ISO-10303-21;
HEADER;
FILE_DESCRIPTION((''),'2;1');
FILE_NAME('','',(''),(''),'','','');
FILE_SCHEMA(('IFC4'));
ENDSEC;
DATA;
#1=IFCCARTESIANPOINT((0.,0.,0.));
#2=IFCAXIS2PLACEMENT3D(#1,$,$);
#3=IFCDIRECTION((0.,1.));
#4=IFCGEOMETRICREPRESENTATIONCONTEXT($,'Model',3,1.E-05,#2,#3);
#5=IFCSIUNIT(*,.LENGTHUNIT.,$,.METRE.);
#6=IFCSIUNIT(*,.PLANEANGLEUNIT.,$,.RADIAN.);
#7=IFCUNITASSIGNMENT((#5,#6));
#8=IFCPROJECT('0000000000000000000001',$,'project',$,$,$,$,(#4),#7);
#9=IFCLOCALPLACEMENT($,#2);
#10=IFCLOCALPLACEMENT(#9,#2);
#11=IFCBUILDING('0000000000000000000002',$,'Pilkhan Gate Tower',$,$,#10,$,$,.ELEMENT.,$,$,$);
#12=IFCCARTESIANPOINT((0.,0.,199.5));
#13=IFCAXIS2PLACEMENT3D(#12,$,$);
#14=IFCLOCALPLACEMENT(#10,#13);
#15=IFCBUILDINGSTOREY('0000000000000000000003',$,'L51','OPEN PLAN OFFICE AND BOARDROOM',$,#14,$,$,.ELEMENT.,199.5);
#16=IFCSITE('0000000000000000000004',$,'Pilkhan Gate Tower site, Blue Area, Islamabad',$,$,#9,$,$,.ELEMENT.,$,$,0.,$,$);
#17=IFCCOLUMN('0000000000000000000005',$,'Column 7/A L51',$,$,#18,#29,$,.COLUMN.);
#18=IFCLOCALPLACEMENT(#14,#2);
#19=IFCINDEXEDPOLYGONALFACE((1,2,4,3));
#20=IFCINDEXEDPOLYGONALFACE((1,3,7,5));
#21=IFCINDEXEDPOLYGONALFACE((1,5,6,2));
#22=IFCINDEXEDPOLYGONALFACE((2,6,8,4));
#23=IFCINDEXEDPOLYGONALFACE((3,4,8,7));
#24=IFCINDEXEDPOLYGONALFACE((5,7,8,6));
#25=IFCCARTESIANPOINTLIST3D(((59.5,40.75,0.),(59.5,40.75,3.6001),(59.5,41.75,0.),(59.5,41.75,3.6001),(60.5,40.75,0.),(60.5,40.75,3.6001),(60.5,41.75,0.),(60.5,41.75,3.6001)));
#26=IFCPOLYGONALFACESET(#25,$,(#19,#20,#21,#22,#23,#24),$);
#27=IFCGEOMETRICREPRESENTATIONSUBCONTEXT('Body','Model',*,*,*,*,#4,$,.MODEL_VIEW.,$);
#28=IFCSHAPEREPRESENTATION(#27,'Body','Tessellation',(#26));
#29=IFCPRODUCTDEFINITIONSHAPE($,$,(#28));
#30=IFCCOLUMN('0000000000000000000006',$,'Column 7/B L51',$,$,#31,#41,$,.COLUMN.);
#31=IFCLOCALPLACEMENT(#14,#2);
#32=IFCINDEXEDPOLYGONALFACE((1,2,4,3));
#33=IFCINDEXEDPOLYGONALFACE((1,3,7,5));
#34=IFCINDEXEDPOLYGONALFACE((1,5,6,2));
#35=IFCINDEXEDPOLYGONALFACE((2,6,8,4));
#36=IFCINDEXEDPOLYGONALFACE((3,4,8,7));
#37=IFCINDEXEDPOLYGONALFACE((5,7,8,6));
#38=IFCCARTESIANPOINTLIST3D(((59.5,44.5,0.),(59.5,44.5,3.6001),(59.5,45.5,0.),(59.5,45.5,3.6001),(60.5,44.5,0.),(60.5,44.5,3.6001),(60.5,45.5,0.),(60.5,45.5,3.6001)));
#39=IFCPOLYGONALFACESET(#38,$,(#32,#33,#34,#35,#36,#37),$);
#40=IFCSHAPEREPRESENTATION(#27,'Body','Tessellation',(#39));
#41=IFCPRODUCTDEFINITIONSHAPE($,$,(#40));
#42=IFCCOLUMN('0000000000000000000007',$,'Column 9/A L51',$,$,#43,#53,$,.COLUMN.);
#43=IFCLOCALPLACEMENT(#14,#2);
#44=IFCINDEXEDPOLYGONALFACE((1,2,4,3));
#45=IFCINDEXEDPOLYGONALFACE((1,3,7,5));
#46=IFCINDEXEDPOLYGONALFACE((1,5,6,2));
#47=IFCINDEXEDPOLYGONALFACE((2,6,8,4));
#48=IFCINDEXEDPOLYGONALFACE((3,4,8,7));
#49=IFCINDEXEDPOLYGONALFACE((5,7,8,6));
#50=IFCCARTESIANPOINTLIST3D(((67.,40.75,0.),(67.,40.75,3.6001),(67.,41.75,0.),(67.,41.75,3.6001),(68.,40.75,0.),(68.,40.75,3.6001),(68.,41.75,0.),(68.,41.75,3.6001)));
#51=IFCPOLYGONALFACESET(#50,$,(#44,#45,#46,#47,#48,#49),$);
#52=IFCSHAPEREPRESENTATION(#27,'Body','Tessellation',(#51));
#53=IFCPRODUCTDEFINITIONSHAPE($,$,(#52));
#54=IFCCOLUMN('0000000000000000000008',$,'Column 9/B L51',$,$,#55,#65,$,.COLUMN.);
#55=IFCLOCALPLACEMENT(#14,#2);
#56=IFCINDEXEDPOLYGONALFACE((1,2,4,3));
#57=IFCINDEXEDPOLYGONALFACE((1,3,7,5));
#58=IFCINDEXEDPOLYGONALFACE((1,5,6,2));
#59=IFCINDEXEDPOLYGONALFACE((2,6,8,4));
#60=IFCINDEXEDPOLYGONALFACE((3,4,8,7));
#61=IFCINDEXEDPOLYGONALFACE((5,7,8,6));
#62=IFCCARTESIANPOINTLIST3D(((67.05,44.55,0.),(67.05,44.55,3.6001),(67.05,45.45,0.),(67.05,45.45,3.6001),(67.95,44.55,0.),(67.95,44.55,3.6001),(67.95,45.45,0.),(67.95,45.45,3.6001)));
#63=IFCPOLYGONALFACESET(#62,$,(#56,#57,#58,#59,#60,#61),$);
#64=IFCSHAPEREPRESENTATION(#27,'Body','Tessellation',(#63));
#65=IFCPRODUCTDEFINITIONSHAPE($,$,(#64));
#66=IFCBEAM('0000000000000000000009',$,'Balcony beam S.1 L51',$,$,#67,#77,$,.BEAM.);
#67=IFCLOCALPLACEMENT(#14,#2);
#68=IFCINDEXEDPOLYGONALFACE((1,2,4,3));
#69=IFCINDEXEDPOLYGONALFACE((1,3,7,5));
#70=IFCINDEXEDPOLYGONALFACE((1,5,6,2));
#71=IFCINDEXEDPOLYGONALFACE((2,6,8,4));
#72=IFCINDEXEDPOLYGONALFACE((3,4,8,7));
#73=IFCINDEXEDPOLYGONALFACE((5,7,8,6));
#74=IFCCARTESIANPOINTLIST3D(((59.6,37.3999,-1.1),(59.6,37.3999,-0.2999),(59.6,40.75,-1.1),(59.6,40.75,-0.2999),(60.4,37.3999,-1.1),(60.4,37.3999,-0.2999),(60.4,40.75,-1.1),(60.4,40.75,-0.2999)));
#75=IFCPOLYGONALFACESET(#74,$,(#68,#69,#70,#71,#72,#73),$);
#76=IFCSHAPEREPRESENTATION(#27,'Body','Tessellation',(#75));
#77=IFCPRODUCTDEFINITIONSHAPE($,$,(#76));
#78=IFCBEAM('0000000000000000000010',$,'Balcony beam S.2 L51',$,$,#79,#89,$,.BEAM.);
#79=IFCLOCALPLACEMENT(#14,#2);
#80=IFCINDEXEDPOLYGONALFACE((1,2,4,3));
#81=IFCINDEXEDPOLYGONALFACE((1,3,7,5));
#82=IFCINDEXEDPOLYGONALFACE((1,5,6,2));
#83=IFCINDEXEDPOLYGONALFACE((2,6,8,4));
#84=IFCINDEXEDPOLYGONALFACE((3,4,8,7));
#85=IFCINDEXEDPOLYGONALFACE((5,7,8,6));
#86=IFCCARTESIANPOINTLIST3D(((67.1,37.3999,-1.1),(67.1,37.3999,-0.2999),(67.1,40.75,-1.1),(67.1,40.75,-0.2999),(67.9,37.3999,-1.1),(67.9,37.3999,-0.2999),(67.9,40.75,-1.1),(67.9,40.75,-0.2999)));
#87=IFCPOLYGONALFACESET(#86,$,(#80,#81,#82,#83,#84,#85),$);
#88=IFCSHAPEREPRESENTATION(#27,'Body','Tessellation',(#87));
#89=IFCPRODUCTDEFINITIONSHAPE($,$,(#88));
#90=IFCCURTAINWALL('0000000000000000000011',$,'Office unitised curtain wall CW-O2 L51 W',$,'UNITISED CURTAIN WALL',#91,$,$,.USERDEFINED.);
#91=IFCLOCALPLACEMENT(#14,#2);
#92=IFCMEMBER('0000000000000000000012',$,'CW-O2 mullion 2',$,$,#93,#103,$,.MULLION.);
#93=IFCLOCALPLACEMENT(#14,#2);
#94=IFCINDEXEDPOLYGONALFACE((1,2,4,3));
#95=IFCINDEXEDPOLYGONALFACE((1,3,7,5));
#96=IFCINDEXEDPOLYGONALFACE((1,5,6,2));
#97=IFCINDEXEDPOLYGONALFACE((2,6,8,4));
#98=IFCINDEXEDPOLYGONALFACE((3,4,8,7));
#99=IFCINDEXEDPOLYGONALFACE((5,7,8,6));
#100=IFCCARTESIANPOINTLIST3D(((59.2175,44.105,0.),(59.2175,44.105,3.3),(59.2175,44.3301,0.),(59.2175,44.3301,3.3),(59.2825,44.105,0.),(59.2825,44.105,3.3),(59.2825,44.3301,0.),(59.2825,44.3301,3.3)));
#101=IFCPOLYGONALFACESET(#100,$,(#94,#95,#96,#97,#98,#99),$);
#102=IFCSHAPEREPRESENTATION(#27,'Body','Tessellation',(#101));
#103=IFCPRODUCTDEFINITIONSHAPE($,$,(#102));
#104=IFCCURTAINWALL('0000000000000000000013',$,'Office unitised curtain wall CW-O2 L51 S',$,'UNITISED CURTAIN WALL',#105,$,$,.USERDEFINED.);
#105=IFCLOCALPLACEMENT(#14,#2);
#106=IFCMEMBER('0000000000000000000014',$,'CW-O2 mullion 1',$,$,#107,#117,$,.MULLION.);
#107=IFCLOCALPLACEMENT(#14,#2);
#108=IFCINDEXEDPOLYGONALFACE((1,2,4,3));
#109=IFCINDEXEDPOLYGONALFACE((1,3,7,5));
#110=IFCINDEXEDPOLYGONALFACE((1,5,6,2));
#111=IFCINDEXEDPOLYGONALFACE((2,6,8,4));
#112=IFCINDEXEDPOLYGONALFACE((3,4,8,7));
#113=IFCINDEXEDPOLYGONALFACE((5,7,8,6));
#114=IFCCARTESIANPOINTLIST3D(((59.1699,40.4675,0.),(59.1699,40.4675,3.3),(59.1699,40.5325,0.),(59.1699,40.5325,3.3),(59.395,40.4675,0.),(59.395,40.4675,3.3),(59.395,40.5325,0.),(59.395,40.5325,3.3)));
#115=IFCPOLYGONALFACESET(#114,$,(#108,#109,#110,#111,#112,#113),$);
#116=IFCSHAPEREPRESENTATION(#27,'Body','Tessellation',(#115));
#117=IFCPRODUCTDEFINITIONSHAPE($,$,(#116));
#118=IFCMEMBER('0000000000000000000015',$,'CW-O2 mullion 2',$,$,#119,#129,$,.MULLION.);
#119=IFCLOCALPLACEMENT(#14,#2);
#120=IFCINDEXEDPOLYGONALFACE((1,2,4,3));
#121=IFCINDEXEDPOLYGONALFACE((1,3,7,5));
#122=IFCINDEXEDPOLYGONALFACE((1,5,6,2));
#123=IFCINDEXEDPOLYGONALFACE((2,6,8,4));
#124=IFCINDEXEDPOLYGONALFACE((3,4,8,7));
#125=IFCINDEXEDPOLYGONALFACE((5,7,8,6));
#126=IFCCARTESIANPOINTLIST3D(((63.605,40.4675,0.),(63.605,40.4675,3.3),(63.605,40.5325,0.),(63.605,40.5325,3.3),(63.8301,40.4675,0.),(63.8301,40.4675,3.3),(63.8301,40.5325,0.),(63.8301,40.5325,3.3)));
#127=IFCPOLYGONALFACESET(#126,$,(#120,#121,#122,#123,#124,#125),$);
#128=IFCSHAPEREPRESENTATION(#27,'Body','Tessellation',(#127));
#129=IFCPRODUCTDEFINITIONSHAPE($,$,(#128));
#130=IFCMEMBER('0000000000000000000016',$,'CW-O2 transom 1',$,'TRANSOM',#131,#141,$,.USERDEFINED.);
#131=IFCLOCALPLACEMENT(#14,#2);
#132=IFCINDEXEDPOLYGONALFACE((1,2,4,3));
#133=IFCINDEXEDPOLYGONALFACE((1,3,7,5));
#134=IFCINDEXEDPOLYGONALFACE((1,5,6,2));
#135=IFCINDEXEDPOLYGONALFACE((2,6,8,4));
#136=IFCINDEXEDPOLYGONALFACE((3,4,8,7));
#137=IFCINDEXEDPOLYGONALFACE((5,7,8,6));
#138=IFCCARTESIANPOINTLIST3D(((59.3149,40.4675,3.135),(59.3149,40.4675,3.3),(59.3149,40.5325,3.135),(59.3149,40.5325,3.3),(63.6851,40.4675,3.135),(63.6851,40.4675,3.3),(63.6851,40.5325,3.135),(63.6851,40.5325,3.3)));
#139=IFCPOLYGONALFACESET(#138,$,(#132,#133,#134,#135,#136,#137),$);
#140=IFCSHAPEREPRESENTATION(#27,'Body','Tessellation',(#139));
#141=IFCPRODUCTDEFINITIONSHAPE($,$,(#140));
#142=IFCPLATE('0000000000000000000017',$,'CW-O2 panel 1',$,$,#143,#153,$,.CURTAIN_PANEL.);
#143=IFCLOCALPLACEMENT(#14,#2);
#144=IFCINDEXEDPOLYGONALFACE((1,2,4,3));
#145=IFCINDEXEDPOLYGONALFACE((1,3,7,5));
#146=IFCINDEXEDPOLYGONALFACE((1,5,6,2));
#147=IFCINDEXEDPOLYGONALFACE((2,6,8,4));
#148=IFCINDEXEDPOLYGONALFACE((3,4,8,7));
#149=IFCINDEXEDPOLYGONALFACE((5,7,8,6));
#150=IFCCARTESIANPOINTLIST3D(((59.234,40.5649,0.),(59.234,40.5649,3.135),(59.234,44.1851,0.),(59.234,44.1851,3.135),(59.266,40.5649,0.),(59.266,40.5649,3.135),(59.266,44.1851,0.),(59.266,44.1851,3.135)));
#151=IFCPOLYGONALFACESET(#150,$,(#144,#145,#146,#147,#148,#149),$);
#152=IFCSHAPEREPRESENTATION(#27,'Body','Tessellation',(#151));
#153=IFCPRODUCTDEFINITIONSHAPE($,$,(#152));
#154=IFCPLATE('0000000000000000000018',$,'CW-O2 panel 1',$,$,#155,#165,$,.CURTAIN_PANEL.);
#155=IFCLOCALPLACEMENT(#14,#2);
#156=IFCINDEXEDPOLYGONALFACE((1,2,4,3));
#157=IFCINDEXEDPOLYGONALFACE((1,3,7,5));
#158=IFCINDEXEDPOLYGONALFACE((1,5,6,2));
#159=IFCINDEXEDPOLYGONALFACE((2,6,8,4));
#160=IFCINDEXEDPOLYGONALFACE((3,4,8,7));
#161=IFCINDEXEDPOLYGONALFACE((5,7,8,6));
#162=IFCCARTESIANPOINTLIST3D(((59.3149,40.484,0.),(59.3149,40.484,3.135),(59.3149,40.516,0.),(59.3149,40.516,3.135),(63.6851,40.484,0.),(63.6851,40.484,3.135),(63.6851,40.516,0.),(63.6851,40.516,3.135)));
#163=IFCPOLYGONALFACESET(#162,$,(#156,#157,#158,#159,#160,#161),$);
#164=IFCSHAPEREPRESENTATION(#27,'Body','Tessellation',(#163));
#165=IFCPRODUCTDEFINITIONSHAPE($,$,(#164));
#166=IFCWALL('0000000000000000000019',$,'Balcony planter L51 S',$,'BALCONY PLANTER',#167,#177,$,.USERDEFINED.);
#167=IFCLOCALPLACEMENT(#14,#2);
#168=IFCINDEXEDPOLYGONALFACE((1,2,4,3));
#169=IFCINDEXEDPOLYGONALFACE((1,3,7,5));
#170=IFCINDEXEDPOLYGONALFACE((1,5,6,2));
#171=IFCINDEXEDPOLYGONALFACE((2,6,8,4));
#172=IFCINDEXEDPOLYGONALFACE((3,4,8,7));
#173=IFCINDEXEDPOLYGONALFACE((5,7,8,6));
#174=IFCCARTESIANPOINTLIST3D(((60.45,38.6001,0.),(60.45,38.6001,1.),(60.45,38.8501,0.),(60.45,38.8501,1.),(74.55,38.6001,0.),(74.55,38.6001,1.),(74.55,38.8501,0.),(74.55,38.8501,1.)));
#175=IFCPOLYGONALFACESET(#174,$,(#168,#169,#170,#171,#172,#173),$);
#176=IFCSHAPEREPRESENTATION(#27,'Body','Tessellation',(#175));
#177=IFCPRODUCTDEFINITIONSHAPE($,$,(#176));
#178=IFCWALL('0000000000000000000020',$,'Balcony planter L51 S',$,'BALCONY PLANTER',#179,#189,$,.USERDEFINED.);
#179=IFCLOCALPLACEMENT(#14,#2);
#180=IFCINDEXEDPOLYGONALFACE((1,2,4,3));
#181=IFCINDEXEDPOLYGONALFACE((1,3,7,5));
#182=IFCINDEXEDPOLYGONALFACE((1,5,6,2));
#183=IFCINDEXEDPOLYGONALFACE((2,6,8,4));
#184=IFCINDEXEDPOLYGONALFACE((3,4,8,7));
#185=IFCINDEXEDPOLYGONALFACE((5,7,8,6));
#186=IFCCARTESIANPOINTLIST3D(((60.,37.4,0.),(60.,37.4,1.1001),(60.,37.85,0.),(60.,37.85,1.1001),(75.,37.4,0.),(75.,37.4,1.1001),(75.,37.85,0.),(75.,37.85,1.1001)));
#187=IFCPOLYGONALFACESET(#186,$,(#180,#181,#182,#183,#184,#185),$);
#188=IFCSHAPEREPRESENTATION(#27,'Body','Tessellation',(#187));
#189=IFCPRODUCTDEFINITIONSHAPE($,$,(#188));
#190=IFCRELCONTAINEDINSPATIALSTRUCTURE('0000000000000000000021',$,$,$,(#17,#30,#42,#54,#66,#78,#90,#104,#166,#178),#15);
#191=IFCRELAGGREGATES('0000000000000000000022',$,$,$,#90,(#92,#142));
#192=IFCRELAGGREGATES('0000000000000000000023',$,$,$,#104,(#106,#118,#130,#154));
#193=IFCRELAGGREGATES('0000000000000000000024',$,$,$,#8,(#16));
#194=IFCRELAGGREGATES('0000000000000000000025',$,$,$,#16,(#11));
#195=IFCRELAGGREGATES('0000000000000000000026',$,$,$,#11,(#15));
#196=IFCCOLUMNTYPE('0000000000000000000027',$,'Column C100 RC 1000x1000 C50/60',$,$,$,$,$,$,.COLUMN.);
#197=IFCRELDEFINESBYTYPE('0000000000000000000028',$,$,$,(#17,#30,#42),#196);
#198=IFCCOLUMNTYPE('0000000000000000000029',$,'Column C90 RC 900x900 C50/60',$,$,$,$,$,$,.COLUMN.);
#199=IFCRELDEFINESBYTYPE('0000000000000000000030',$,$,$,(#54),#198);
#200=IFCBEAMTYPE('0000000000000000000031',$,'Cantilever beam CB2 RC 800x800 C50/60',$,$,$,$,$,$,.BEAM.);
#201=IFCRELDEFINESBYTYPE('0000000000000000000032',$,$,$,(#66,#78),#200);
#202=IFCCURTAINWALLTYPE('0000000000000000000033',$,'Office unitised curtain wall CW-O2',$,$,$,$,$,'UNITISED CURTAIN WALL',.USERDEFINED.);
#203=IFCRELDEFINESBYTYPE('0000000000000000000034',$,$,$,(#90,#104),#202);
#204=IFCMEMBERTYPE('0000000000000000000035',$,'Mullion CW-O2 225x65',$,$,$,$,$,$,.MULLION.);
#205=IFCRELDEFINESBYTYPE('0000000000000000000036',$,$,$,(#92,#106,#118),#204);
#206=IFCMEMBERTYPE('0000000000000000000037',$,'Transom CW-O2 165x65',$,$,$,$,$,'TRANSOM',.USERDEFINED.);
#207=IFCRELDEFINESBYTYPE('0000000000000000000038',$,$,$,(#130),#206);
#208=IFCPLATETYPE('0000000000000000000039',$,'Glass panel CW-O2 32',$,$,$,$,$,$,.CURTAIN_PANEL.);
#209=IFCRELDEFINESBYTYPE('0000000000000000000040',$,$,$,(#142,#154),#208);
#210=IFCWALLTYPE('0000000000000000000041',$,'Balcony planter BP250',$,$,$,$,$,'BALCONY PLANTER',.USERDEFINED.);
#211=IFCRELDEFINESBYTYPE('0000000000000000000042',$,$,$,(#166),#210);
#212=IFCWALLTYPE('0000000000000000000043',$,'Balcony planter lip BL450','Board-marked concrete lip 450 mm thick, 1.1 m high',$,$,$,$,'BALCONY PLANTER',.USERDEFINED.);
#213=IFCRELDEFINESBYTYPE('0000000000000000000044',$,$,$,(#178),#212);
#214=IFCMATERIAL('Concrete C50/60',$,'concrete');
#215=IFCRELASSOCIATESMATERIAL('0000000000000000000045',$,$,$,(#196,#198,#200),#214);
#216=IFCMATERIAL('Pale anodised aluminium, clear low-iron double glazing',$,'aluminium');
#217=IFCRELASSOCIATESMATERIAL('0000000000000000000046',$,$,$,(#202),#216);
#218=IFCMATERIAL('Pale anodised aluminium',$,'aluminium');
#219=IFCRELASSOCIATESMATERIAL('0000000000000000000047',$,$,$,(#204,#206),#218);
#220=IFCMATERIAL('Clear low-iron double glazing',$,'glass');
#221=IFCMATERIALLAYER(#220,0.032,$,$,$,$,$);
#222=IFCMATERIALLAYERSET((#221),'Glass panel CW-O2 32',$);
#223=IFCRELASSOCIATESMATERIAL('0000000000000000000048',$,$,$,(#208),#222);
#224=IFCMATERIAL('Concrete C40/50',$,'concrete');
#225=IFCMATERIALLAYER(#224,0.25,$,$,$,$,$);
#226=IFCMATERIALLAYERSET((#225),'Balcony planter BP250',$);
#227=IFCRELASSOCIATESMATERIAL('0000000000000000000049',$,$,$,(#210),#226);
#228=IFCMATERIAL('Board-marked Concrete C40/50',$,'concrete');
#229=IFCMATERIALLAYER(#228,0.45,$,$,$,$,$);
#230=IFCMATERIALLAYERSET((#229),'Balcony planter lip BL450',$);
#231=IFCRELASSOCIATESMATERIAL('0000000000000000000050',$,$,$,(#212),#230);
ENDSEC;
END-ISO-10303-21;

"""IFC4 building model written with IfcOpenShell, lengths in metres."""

from ifc_helpers import new_model, si_unit, direction, frame, frame_2d, origin, origin_2d, place, context, subcontext, project, spatial, rectangle, extrude, material, layer, layer_set, material_profile, profile_set, type_object, element, aggregate, save


model = new_model("IFC4")

# Units and contexts
model_context = context("Model", 3, precision=1e-05, world=origin(), true_north=direction((0.0, 1.0)))
body_context = subcontext(model_context, "Body", "Model", "MODEL_VIEW")
ifc_project = project(units=[si_unit("LENGTHUNIT", "METRE"), si_unit("PLANEANGLEUNIT", "RADIAN")], contexts=[model_context])

# Site, building, storey
site_placement = place(None, origin())
site = spatial("IfcSite", under=ifc_project, at=site_placement, Name="Pilkhan Gate Tower site, Blue Area, Islamabad", CompositionType="ELEMENT", RefElevation=0.0)
building_placement = place(site_placement, origin())
building = spatial("IfcBuilding", under=site, at=building_placement, Name="Pilkhan Gate Tower", CompositionType="ELEMENT")
storey_placement = place(building_placement, frame((0.0, 0.0, 199.5)))
storey = spatial("IfcBuildingStorey", under=building, at=storey_placement, Name="L51", Description="OPEN PLAN OFFICE AND BOARDROOM", CompositionType="ELEMENT", Elevation=199.5)

# Columns
ifc_material_1 = material(Name="Concrete C50/60", Category="concrete")
ifc_material_profile_1 = material_profile(ifc_material_1, rectangle(XDim=1.0, YDim=1.0, at=origin_2d()), Name="RC 1000x1000")
ifc_profile_set_1 = profile_set([ifc_material_profile_1], Name="Concrete C50/60")
column_type_1 = type_object("IfcColumnType", Name="Column C100 RC 1000x1000 C50/60", PredefinedType="COLUMN", material=ifc_profile_set_1)
for number, where, z_axis, x_axis, name in (
    (1, (60.0, 41.25, 0.0), (0.0, 0.0, 1.0), (1.0, 0.0, 0.0), "Column 7/A L51"),
    (2, (60.0, 45.0, 0.0), (0.0, 0.0, 1.0), (1.0, 0.0, 0.0), "Column 7/B L51"),
    (3, (67.5, 41.25, 0.0), (0.0, 0.0, 1.0), (1.0, 0.0, 0.0), "Column 9/A L51"),
):
    element("IfcColumn", number, at=place(storey_placement, frame(where, z_axis=z_axis, x_axis=x_axis)), inside=storey, type_object=column_type_1, Name=name, PredefinedType="COLUMN", context=body_context, shape_type="SweptSolid", body=[
        extrude(rectangle(XDim=1.0, YDim=1.0, at=origin_2d()), origin(), (0.0, 0.0, 1.0), 3.6001),
    ])
ifc_material_profile_2 = material_profile(ifc_material_1, rectangle(XDim=0.8999, YDim=0.8999, at=origin_2d()), Name="RC 900x900")
ifc_profile_set_2 = profile_set([ifc_material_profile_2], Name="Concrete C50/60")
column_type_2 = type_object("IfcColumnType", Name="Column C90 RC 900x900 C50/60", PredefinedType="COLUMN", material=ifc_profile_set_2)
column_placement = place(storey_placement, frame((67.5, 45.0, 0.0), z_axis=(0.0, 0.0, 1.0), x_axis=(1.0, 0.0, 0.0)))
element("IfcColumn", 4, at=column_placement, inside=storey, type_object=column_type_2, Name="Column 9/B L51", PredefinedType="COLUMN", context=body_context, shape_type="SweptSolid", body=[
    extrude(rectangle(XDim=0.8999, YDim=0.8999, at=origin_2d()), origin(), (0.0, 0.0, 1.0), 3.6001),
])

# Beams
ifc_material_profile_3 = material_profile(ifc_material_1, rectangle(XDim=0.8, YDim=0.8, at=origin_2d()), Name="RC 800x800")
ifc_profile_set_3 = profile_set([ifc_material_profile_3], Name="Concrete C50/60")
beam_type = type_object("IfcBeamType", Name="Cantilever beam CB2 RC 800x800 C50/60", PredefinedType="BEAM", material=ifc_profile_set_3)
for number, where, z_axis, x_axis, name in (
    (5, (60.0, 40.75, -0.7), (0.0, -1.0, 0.0), (1.0, 0.0, 0.0), "Balcony beam S.1 L51"),
    (6, (67.5, 40.75, -0.7), (0.0, -1.0, 0.0), (1.0, 0.0, 0.0), "Balcony beam S.2 L51"),
):
    element("IfcBeam", number, at=place(storey_placement, frame(where, z_axis=z_axis, x_axis=x_axis)), inside=storey, type_object=beam_type, Name=name, PredefinedType="BEAM", context=body_context, shape_type="SweptSolid", body=[
        extrude(rectangle(XDim=0.8, YDim=0.8, at=origin_2d()), origin(), (0.0, 0.0, 1.0), 3.3501),
    ])

# Curtain wall, member
ifc_material_2 = material(Name="Pale anodised aluminium, clear low-iron double glazing", Category="aluminium")
curtain_wall_type = type_object("IfcCurtainWallType", Name="Office unitised curtain wall CW-O2", ElementType="UNITISED CURTAIN WALL", PredefinedType="USERDEFINED", material=ifc_material_2)
curtain_wall_1_placement = place(storey_placement, origin())
curtain_wall_1 = element("IfcCurtainWall", 7, at=curtain_wall_1_placement, inside=storey, type_object=curtain_wall_type, Name="Office unitised curtain wall CW-O2 L51 W", ObjectType="UNITISED CURTAIN WALL", PredefinedType="USERDEFINED")
ifc_material_3 = material(Name="Pale anodised aluminium", Category="aluminium")
ifc_material_profile_4 = material_profile(ifc_material_3, rectangle(XDim=0.0649, YDim=0.2251, at=origin_2d()), Name="Mullion 225x65")
ifc_profile_set_4 = profile_set([ifc_material_profile_4], Name="Pale anodised aluminium")
member_type_1 = type_object("IfcMemberType", Name="Mullion CW-O2 225x65", PredefinedType="MULLION", material=ifc_profile_set_4)
member_1_placement = place(storey_placement, frame((59.25, 44.2175, 0.0), z_axis=(0.0, 0.0, 1.0), x_axis=(-1.0, 0.0, 0.0)))
member_1 = element("IfcMember", 8, at=member_1_placement, type_object=member_type_1, Name="CW-O2 mullion 2", PredefinedType="MULLION", context=body_context, shape_type="SweptSolid", body=[
    extrude(rectangle(XDim=0.0649, YDim=0.2251, at=origin_2d()), origin(), (0.0, 0.0, 1.0), 3.3),
])

# Curtain wall, members
curtain_wall_2_placement = place(storey_placement, origin())
curtain_wall_2 = element("IfcCurtainWall", 9, at=curtain_wall_2_placement, inside=storey, type_object=curtain_wall_type, Name="Office unitised curtain wall CW-O2 L51 S", ObjectType="UNITISED CURTAIN WALL", PredefinedType="USERDEFINED")
member_2_placement = place(storey_placement, frame((59.2825, 40.5, 0.0), z_axis=(0.0, 0.0, 1.0), x_axis=(0.0, 1.0, 0.0)))
member_2 = element("IfcMember", 10, at=member_2_placement, type_object=member_type_1, Name="CW-O2 mullion 1", PredefinedType="MULLION", context=body_context, shape_type="SweptSolid", body=[
    extrude(rectangle(XDim=0.0649, YDim=0.2251, at=origin_2d()), origin(), (0.0, 0.0, 1.0), 3.3),
])
member_3_placement = place(storey_placement, frame((63.7175, 40.5, 0.0), z_axis=(0.0, 0.0, 1.0), x_axis=(0.0, 1.0, 0.0)))
member_3 = element("IfcMember", 11, at=member_3_placement, type_object=member_type_1, Name="CW-O2 mullion 2", PredefinedType="MULLION", context=body_context, shape_type="SweptSolid", body=[
    extrude(rectangle(XDim=0.0649, YDim=0.2251, at=origin_2d()), origin(), (0.0, 0.0, 1.0), 3.3),
])
ifc_material_profile_5 = material_profile(ifc_material_3, rectangle(XDim=0.0649, YDim=0.165, at=origin_2d()), Name="Transom 165x65")
ifc_profile_set_5 = profile_set([ifc_material_profile_5], Name="Pale anodised aluminium")
member_type_2 = type_object("IfcMemberType", Name="Transom CW-O2 165x65", ElementType="TRANSOM", PredefinedType="USERDEFINED", material=ifc_profile_set_5)
member_4_placement = place(storey_placement, frame((59.3149, 40.5, 3.2175), z_axis=(1.0, 0.0, 0.0), x_axis=(0.0, 1.0, 0.0)))
member_4 = element("IfcMember", 12, at=member_4_placement, type_object=member_type_2, Name="CW-O2 transom 1", ObjectType="TRANSOM", PredefinedType="USERDEFINED", context=body_context, shape_type="SweptSolid", body=[
    extrude(rectangle(XDim=0.0649, YDim=0.165, at=origin_2d()), origin(), (0.0, 0.0, 1.0), 4.3701),
])

# Plates
ifc_material_4 = material(Name="Clear low-iron double glazing", Category="glass")
ifc_layer_1 = layer(ifc_material_4, 0.032)
ifc_layer_set_1 = layer_set([ifc_layer_1], Name="Glass panel CW-O2 32")
plate_type = type_object("IfcPlateType", Name="Glass panel CW-O2 32", PredefinedType="CURTAIN_PANEL", material=ifc_layer_set_1)
plate_1_placement = place(storey_placement, frame((59.25, 42.375, 0.0), z_axis=(0.0, 0.0, 1.0), x_axis=(0.0, 1.0, 0.0)))
plate_1 = element("IfcPlate", 13, at=plate_1_placement, type_object=plate_type, Name="CW-O2 panel 1", PredefinedType="CURTAIN_PANEL", context=body_context, shape_type="SweptSolid", body=[
    extrude(rectangle(XDim=3.6201, YDim=0.032, at=origin_2d()), origin(), (0.0, 0.0, 1.0), 3.135),
])
aggregate(curtain_wall_1, [member_1, plate_1])
plate_2_placement = place(storey_placement, frame((61.5, 40.5, 0.0), z_axis=(0.0, 0.0, 1.0), x_axis=(1.0, 0.0, 0.0)))
plate_2 = element("IfcPlate", 14, at=plate_2_placement, type_object=plate_type, Name="CW-O2 panel 1", PredefinedType="CURTAIN_PANEL", context=body_context, shape_type="SweptSolid", body=[
    extrude(rectangle(XDim=4.3701, YDim=0.032, at=origin_2d()), origin(), (0.0, 0.0, 1.0), 3.135),
])
aggregate(curtain_wall_2, [member_2, member_3, member_4, plate_2])

# Walls
ifc_material_5 = material(Name="Concrete C40/50", Category="concrete")
ifc_layer_2 = layer(ifc_material_5, 0.25)
ifc_layer_set_2 = layer_set([ifc_layer_2], Name="Balcony planter BP250")
wall_type_1 = type_object("IfcWallType", Name="Balcony planter BP250", ElementType="BALCONY PLANTER", PredefinedType="USERDEFINED", material=ifc_layer_set_2)
wall_1_placement = place(storey_placement, frame((60.45, 38.7251, 0.0), z_axis=(0.0, 0.0, 1.0), x_axis=(1.0, 0.0, 0.0)))
element("IfcWall", 15, at=wall_1_placement, inside=storey, type_object=wall_type_1, Name="Balcony planter L51 S", ObjectType="BALCONY PLANTER", PredefinedType="USERDEFINED", context=body_context, shape_type="SweptSolid", body=[
    extrude(rectangle(XDim=14.1001, YDim=0.25, at=frame_2d((7.05, 0.0))), origin(), (0.0, 0.0, 1.0), 1.0),
])
ifc_material_6 = material(Name="Board-marked Concrete C40/50", Category="concrete")
ifc_layer_3 = layer(ifc_material_6, 0.45)
ifc_layer_set_3 = layer_set([ifc_layer_3], Name="Balcony planter lip BL450")
wall_type_2 = type_object("IfcWallType", Name="Balcony planter lip BL450", Description="Board-marked concrete lip 450 mm thick, 1.1 m high", ElementType="BALCONY PLANTER", PredefinedType="USERDEFINED", material=ifc_layer_set_3)
wall_2_placement = place(storey_placement, frame((60.0, 37.625, 0.0), z_axis=(0.0, 0.0, 1.0), x_axis=(1.0, 0.0, 0.0)))
element("IfcWall", 16, at=wall_2_placement, inside=storey, type_object=wall_type_2, Name="Balcony planter L51 S", ObjectType="BALCONY PLANTER", PredefinedType="USERDEFINED", context=body_context, shape_type="SweptSolid", body=[
    extrude(rectangle(XDim=15.0, YDim=0.45, at=frame_2d((7.5, 0.0))), origin(), (0.0, 0.0, 1.0), 1.1001),
])

save(model, "model.ifc")
